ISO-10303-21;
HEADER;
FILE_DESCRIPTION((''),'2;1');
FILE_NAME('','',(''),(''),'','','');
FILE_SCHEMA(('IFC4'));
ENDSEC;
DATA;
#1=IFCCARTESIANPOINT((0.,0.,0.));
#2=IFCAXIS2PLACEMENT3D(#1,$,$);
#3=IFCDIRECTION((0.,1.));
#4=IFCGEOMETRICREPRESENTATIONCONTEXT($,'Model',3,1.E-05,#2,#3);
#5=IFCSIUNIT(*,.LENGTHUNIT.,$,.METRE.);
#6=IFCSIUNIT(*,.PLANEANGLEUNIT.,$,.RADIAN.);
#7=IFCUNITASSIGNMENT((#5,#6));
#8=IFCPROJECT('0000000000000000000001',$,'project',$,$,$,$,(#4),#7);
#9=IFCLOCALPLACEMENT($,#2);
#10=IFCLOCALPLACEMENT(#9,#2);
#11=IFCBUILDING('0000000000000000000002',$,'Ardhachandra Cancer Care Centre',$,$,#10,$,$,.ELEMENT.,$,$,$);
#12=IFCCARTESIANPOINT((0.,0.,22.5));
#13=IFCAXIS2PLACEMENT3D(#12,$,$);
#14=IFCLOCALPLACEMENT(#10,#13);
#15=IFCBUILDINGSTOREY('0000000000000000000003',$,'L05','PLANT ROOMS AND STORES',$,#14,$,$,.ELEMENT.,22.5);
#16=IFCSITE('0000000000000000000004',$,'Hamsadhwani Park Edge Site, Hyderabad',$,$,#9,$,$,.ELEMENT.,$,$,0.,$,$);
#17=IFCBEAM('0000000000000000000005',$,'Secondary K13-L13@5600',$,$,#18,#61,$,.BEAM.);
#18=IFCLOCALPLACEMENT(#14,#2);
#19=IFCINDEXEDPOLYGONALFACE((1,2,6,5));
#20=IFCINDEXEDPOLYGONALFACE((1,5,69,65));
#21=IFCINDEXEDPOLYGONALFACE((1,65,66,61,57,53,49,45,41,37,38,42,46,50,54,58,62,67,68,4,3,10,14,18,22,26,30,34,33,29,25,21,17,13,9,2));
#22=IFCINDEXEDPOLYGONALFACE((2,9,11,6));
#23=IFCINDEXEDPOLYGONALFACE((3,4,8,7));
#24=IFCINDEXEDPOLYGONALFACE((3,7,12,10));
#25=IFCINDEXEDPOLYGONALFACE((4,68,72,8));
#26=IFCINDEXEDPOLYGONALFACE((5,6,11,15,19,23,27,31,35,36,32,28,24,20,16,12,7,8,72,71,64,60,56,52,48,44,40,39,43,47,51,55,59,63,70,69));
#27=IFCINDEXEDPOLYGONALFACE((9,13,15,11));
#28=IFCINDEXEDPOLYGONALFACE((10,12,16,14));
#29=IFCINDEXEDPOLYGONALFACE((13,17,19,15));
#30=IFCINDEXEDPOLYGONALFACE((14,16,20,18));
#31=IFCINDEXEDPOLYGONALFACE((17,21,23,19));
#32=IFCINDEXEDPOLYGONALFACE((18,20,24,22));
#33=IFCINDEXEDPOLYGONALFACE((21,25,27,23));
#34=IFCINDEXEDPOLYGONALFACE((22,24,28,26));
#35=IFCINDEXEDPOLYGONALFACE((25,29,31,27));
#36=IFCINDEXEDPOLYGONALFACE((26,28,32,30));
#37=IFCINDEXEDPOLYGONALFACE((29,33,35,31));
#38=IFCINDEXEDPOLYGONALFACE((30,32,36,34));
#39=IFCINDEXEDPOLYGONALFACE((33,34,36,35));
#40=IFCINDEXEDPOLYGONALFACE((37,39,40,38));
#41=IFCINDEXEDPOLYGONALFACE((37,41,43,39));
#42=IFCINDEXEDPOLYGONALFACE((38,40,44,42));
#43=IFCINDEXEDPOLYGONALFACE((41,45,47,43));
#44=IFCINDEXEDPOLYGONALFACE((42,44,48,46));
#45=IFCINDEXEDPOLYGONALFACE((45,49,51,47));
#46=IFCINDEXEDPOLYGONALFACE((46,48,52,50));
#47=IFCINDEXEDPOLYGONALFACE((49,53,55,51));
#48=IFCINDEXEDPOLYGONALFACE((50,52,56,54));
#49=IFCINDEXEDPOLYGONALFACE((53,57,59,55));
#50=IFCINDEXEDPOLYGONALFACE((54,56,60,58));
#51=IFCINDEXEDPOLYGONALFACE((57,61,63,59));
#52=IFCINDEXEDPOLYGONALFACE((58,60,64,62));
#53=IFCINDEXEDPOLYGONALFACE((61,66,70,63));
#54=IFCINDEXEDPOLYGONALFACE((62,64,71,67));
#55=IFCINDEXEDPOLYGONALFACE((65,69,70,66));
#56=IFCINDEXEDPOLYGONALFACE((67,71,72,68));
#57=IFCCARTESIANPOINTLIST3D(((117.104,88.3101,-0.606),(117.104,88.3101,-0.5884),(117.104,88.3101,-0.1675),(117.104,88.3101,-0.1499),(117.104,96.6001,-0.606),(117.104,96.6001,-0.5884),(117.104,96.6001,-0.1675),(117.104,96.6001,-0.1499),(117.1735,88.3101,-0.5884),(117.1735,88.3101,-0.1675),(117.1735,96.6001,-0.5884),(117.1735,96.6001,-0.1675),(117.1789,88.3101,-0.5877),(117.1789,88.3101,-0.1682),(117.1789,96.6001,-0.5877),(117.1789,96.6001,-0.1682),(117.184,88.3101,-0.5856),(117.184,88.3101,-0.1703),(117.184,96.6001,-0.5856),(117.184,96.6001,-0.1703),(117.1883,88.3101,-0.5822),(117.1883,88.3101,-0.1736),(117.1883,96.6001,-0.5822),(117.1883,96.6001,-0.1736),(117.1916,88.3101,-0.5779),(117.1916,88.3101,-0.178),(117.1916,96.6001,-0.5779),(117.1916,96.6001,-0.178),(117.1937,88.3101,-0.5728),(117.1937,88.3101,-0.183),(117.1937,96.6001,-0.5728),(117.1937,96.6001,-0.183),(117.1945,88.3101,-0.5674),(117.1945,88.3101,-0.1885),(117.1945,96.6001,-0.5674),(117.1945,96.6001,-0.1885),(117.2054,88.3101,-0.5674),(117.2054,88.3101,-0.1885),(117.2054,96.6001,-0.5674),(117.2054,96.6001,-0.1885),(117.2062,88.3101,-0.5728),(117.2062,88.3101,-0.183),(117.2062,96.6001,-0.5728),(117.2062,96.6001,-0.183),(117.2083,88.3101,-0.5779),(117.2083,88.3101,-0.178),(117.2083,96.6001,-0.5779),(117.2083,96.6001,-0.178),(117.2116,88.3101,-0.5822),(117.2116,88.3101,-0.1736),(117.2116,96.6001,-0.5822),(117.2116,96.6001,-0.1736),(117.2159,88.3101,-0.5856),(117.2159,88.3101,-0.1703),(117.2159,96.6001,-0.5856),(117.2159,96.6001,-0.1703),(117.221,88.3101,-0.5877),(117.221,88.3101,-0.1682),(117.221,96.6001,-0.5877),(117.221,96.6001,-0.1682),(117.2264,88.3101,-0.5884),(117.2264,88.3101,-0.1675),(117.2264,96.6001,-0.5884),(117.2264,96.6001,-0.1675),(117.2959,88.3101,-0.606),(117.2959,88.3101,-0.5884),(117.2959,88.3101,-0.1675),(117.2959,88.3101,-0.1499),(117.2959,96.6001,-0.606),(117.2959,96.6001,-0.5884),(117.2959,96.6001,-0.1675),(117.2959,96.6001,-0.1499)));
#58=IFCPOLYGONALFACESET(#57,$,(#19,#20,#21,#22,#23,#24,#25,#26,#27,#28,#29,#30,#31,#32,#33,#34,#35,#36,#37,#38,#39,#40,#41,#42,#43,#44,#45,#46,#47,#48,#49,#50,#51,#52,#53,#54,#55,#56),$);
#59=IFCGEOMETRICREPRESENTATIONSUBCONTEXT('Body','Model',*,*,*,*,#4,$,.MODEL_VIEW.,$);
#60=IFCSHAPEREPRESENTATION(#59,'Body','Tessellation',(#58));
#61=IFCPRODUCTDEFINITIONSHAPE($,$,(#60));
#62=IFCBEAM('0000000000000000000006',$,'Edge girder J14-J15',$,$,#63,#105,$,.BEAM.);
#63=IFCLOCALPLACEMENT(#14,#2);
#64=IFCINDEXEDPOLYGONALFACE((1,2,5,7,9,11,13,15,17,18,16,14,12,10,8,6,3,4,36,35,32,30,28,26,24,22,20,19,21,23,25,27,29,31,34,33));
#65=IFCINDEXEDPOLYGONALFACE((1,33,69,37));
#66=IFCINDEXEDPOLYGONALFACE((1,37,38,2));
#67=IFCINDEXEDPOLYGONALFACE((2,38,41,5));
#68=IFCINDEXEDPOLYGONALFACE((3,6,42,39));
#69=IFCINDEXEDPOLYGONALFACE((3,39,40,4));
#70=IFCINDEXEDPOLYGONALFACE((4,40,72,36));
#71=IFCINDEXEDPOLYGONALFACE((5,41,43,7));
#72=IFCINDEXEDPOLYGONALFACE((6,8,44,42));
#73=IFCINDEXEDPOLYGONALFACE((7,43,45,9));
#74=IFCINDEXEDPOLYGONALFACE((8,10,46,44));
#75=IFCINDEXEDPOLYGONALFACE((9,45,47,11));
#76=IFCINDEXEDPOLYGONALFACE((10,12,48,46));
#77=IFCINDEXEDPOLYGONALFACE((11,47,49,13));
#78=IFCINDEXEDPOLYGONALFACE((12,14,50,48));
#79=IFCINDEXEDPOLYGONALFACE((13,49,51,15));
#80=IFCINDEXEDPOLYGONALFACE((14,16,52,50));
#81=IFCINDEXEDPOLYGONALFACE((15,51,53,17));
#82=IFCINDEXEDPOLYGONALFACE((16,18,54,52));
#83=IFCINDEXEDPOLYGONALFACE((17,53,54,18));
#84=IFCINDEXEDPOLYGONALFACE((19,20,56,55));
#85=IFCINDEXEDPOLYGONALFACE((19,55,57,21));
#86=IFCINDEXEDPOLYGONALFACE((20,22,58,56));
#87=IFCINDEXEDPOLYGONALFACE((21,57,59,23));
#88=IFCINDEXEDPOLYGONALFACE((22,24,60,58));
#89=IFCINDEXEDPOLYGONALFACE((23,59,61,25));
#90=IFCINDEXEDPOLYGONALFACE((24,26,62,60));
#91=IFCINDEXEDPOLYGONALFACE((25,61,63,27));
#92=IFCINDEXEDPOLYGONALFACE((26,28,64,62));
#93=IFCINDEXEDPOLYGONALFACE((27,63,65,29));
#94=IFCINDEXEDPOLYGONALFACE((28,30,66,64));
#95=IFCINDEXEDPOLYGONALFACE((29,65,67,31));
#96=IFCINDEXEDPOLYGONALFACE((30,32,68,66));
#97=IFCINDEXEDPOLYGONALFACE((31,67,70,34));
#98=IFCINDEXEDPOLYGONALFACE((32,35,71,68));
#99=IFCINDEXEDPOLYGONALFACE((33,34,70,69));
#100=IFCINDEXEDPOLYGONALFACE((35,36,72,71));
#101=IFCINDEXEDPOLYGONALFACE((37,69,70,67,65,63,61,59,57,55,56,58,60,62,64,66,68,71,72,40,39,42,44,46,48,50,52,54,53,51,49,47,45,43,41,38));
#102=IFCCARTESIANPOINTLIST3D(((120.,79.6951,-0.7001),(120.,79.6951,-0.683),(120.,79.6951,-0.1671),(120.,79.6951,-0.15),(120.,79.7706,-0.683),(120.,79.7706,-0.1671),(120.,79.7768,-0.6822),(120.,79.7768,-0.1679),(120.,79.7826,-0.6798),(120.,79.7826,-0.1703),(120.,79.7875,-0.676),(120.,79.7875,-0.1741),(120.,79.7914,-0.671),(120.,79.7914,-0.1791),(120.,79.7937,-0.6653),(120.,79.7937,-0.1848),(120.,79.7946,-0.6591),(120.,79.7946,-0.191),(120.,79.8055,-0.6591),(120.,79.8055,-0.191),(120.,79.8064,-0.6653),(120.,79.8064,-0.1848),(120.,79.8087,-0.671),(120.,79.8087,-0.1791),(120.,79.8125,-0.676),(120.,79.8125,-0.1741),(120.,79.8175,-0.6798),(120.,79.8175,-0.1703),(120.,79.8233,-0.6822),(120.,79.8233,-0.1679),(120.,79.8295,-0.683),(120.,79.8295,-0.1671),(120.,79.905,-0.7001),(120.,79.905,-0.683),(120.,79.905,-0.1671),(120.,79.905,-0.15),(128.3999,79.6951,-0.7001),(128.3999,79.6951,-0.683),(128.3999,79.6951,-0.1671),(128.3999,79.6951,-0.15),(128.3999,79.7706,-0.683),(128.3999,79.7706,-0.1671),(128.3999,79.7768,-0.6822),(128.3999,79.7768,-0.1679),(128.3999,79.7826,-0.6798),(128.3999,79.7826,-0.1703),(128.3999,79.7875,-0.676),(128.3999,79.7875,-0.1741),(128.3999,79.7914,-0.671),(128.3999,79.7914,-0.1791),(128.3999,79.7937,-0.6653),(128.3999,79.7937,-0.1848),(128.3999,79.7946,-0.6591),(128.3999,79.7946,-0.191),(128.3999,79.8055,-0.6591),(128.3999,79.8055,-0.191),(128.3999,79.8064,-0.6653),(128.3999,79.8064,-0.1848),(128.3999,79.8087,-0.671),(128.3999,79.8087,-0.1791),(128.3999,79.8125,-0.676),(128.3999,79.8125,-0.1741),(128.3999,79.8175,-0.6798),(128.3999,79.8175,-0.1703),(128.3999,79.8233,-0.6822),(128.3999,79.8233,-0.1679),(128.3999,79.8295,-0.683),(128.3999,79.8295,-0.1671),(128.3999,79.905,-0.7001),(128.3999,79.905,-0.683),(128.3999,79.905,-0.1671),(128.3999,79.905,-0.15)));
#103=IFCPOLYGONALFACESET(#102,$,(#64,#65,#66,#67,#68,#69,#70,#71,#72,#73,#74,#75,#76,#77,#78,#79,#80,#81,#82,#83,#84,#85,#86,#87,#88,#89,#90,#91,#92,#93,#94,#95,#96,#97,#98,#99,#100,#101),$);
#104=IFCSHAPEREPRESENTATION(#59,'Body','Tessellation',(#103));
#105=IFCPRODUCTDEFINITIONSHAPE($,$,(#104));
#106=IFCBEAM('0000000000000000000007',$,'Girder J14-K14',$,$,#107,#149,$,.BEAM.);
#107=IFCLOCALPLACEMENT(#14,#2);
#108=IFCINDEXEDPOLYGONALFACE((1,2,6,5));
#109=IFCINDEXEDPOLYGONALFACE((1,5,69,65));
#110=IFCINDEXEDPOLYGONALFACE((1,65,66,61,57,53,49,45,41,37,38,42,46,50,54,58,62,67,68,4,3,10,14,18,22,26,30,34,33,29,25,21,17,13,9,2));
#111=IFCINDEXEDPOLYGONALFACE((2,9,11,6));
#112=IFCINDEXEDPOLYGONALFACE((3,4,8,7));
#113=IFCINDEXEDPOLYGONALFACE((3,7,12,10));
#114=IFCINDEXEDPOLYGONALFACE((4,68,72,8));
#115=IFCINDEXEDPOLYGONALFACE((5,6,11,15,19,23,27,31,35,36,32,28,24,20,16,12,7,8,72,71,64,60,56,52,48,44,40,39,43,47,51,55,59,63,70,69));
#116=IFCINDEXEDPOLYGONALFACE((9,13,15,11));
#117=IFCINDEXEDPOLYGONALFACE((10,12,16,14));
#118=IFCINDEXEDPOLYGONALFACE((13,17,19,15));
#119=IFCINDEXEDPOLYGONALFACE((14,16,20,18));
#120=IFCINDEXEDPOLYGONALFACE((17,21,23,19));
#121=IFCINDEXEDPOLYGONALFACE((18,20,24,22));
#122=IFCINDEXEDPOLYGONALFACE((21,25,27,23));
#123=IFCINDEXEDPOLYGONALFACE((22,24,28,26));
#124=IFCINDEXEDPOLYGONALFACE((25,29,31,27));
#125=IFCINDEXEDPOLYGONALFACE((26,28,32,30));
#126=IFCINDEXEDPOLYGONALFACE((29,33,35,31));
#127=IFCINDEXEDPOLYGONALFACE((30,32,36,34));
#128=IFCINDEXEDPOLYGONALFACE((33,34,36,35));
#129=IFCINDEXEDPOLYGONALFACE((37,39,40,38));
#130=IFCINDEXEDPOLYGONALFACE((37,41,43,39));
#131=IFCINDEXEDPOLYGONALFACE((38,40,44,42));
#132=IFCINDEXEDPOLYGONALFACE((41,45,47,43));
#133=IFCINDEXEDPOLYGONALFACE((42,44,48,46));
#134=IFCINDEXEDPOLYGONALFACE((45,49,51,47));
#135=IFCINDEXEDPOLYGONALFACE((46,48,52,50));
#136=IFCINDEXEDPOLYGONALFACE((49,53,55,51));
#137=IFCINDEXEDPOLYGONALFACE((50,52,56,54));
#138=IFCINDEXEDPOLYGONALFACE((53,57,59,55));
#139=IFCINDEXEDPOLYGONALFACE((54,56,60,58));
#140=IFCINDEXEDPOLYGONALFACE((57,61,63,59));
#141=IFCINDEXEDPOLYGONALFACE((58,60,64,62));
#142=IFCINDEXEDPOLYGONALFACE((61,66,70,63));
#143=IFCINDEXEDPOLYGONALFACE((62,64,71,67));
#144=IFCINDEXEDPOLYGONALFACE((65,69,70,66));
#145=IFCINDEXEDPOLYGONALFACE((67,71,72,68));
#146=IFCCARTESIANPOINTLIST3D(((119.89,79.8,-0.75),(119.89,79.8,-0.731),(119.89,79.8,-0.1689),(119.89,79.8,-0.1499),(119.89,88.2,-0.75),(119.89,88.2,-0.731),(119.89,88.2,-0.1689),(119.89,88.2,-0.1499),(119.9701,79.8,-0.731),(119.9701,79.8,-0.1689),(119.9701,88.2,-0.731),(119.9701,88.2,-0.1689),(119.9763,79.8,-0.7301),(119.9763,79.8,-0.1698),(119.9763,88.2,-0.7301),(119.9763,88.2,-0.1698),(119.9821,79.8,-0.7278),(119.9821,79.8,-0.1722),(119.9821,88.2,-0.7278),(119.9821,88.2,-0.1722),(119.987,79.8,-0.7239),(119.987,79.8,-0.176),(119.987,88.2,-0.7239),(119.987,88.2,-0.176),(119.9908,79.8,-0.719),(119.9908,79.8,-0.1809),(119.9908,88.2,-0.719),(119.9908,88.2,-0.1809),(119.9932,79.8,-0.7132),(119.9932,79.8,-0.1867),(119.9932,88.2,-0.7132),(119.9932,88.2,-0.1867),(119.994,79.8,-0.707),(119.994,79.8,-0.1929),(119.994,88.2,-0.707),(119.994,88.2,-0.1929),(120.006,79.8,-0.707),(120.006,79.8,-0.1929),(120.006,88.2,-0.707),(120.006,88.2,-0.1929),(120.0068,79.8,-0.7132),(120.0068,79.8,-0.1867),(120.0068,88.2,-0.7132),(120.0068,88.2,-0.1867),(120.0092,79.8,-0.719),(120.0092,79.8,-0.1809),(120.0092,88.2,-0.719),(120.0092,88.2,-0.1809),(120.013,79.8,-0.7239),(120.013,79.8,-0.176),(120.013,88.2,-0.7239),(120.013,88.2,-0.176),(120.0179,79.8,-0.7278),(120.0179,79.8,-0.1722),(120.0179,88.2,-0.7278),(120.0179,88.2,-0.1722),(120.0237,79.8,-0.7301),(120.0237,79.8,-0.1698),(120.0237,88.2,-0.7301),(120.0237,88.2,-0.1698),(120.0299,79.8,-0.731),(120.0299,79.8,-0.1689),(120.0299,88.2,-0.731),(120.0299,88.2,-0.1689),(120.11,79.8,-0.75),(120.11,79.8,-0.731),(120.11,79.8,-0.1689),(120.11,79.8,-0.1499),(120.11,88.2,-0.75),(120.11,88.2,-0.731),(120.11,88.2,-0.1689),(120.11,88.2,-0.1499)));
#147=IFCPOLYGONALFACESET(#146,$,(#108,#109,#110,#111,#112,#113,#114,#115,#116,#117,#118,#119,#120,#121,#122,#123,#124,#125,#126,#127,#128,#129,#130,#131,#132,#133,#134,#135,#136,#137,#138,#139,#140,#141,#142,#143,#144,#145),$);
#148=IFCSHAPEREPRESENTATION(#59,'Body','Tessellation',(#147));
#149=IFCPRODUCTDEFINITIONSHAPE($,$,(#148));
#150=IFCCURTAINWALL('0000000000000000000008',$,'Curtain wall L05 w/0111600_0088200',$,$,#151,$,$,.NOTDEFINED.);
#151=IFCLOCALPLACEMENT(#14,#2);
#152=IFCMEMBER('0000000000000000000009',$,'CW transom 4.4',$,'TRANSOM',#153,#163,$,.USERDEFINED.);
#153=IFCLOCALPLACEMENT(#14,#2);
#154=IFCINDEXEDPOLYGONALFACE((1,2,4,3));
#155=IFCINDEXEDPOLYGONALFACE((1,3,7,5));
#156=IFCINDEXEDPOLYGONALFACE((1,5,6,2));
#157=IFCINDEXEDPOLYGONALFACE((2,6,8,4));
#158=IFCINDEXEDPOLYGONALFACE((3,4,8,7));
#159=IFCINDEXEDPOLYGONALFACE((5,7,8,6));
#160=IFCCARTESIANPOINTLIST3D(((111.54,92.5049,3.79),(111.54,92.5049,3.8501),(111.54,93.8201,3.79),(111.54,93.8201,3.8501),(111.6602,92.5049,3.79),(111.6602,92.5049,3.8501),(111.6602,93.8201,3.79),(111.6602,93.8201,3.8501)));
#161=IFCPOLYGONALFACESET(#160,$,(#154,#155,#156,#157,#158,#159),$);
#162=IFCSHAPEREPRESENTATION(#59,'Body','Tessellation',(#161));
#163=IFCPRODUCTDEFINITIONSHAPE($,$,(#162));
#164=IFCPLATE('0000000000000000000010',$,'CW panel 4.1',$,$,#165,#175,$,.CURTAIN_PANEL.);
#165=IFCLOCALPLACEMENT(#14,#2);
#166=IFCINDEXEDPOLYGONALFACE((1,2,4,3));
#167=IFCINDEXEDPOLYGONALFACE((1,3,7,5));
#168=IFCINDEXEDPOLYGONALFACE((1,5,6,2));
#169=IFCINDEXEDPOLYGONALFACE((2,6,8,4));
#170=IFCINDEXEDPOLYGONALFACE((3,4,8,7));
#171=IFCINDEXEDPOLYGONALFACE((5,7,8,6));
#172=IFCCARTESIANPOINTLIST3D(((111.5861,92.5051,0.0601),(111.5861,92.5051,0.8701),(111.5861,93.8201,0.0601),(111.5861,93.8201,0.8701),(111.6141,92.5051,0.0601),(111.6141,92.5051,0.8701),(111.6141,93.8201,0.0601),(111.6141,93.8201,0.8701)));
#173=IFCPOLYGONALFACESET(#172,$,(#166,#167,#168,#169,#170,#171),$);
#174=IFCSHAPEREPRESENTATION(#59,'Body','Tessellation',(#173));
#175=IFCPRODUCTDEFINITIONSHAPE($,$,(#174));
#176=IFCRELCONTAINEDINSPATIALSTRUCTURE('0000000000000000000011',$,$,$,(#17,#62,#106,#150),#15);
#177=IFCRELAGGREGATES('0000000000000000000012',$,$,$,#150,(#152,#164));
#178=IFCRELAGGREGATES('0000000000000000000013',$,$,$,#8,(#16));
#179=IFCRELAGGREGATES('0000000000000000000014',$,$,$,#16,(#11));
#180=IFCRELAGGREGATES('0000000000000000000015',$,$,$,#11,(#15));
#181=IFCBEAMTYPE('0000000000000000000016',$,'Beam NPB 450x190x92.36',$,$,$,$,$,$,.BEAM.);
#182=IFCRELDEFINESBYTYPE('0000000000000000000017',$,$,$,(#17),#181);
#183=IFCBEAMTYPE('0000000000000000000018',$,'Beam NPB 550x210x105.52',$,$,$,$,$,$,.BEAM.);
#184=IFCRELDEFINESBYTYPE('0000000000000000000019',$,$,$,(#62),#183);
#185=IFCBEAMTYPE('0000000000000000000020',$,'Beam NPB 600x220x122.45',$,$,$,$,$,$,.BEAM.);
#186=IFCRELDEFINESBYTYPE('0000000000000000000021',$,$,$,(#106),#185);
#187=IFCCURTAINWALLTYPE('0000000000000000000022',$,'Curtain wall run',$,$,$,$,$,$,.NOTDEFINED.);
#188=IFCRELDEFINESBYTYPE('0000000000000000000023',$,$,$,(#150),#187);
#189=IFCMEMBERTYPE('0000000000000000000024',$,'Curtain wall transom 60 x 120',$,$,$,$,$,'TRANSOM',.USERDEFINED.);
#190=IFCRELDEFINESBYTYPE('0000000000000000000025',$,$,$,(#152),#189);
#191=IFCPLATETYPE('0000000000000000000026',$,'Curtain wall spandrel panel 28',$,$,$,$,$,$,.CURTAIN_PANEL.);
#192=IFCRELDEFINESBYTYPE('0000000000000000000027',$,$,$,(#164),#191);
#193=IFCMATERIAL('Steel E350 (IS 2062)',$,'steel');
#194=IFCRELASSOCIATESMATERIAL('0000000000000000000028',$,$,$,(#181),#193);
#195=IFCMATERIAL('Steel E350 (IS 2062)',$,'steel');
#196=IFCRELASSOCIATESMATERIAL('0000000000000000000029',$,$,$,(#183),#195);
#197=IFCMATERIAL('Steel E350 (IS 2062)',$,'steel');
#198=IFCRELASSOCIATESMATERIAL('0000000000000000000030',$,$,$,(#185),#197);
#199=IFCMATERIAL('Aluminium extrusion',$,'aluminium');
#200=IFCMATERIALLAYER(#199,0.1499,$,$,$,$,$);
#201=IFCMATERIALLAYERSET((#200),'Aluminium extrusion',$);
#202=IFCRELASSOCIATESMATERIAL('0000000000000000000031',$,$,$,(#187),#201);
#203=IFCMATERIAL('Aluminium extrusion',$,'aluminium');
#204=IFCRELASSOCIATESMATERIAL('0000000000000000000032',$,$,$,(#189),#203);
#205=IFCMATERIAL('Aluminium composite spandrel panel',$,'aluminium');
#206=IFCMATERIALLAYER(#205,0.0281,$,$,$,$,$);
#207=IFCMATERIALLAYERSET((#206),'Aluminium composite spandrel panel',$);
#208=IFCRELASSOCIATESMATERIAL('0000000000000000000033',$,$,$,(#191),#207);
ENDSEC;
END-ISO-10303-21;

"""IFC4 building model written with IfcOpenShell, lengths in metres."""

from ifc_helpers import new_model, si_unit, direction, frame, origin, origin_2d, place, context, subcontext, project, spatial, rectangle, i_section, extrude, material, layer, layer_set, material_profile, profile_set, type_object, element, aggregate, save


model = new_model("IFC4")

# Units and contexts
model_context = context("Model", 3, precision=1e-05, world=origin(), true_north=direction((0.0, 1.0)))
body_context = subcontext(model_context, "Body", "Model", "MODEL_VIEW")
ifc_project = project(units=[si_unit("LENGTHUNIT", "METRE"), si_unit("PLANEANGLEUNIT", "RADIAN")], contexts=[model_context])

# Site, building, storey
site_placement = place(None, origin())
site = spatial("IfcSite", under=ifc_project, at=site_placement, Name="Hamsadhwani Park Edge Site, Hyderabad", CompositionType="ELEMENT", RefElevation=0.0)
building_placement = place(site_placement, origin())
building = spatial("IfcBuilding", under=site, at=building_placement, Name="Ardhachandra Cancer Care Centre", CompositionType="ELEMENT")
storey_placement = place(building_placement, frame((0.0, 0.0, 22.5)))
storey = spatial("IfcBuildingStorey", under=building, at=storey_placement, Name="L05", Description="PLANT ROOMS AND STORES", CompositionType="ELEMENT", Elevation=22.5)

# Beams
ifc_material_1 = material(Name="Steel E350 (IS 2062)", Category="steel")
ifc_material_profile_1 = material_profile(ifc_material_1, i_section(OverallWidth=0.1919, OverallDepth=0.4561, WebThickness=0.011, FlangeThickness=0.0176, FilletRadius=0.021, at=origin_2d()), Name="NPB 450x190x92.36")
ifc_profile_set_1 = profile_set([ifc_material_profile_1], Name="Steel E350 (IS 2062)")
beam_type_1 = type_object("IfcBeamType", Name="Beam NPB 450x190x92.36", PredefinedType="BEAM", material=ifc_profile_set_1)
beam_1_placement = place(storey_placement, frame((117.2, 88.3101, -0.3779), z_axis=(0.0, 1.0, 0.0), x_axis=(-1.0, 0.0, 0.0)))
element("IfcBeam", 1, at=beam_1_placement, inside=storey, type_object=beam_type_1, Name="Secondary K13-L13@5600", PredefinedType="BEAM", context=body_context, shape_type="SweptSolid", body=[
    extrude(i_section(OverallWidth=0.1919, OverallDepth=0.4561, WebThickness=0.011, FlangeThickness=0.0176, FilletRadius=0.021, at=origin_2d()), origin(), (0.0, 0.0, 1.0), 8.29),
])
ifc_material_2 = material(Name="Steel E350 (IS 2062)", Category="steel")
ifc_material_profile_2 = material_profile(ifc_material_2, i_section(OverallWidth=0.21, OverallDepth=0.55, WebThickness=0.011, FlangeThickness=0.0171, FilletRadius=0.0239, at=origin_2d()), Name="NPB 550x210x105.52")
ifc_profile_set_2 = profile_set([ifc_material_profile_2], Name="Steel E350 (IS 2062)")
beam_type_2 = type_object("IfcBeamType", Name="Beam NPB 550x210x105.52", PredefinedType="BEAM", material=ifc_profile_set_2)
beam_2_placement = place(storey_placement, frame((120.0, 79.8, -0.425), z_axis=(1.0, 0.0, 0.0), x_axis=(0.0, 1.0, 0.0)))
element("IfcBeam", 2, at=beam_2_placement, inside=storey, type_object=beam_type_2, Name="Edge girder J14-J15", PredefinedType="BEAM", context=body_context, shape_type="SweptSolid", body=[
    extrude(i_section(OverallWidth=0.21, OverallDepth=0.55, WebThickness=0.011, FlangeThickness=0.0171, FilletRadius=0.0239, at=origin_2d()), origin(), (0.0, 0.0, 1.0), 8.3999),
])
ifc_material_3 = material(Name="Steel E350 (IS 2062)", Category="steel")
ifc_material_profile_3 = material_profile(ifc_material_3, i_section(OverallWidth=0.22, OverallDepth=0.6001, WebThickness=0.012, FlangeThickness=0.019, FilletRadius=0.0239, at=origin_2d()), Name="NPB 600x220x122.45")
ifc_profile_set_3 = profile_set([ifc_material_profile_3], Name="Steel E350 (IS 2062)")
beam_type_3 = type_object("IfcBeamType", Name="Beam NPB 600x220x122.45", PredefinedType="BEAM", material=ifc_profile_set_3)
beam_3_placement = place(storey_placement, frame((120.0, 79.8, -0.45), z_axis=(0.0, 1.0, 0.0), x_axis=(-1.0, 0.0, 0.0)))
element("IfcBeam", 3, at=beam_3_placement, inside=storey, type_object=beam_type_3, Name="Girder J14-K14", PredefinedType="BEAM", context=body_context, shape_type="SweptSolid", body=[
    extrude(i_section(OverallWidth=0.22, OverallDepth=0.6001, WebThickness=0.012, FlangeThickness=0.019, FilletRadius=0.0239, at=origin_2d()), origin(), (0.0, 0.0, 1.0), 8.3999),
])

# Curtain wall, member, plate
ifc_material_4 = material(Name="Aluminium extrusion", Category="aluminium")
ifc_layer_1 = layer(ifc_material_4, 0.1499)
ifc_layer_set_1 = layer_set([ifc_layer_1], Name="Aluminium extrusion")
curtain_wall_type = type_object("IfcCurtainWallType", Name="Curtain wall run", PredefinedType="NOTDEFINED", material=ifc_layer_set_1)
curtain_wall_placement = place(storey_placement, origin())
curtain_wall = element("IfcCurtainWall", 4, at=curtain_wall_placement, inside=storey, type_object=curtain_wall_type, Name="Curtain wall L05 w/0111600_0088200", PredefinedType="NOTDEFINED")
ifc_material_5 = material(Name="Aluminium extrusion", Category="aluminium")
ifc_material_profile_4 = material_profile(ifc_material_5, rectangle(XDim=0.1201, YDim=0.0601, at=origin_2d()), Name="Curtain wall transom 60 x 120")
ifc_profile_set_4 = profile_set([ifc_material_profile_4], Name="Aluminium extrusion")
member_type = type_object("IfcMemberType", Name="Curtain wall transom 60 x 120", ElementType="TRANSOM", PredefinedType="USERDEFINED", material=ifc_profile_set_4)
member_placement = place(storey_placement, frame((111.6001, 92.5049, 3.8201), z_axis=(0.0, 1.0, 0.0), x_axis=(-1.0, 0.0, 0.0)))
member = element("IfcMember", 5, at=member_placement, type_object=member_type, Name="CW transom 4.4", ObjectType="TRANSOM", PredefinedType="USERDEFINED", context=body_context, shape_type="SweptSolid", body=[
    extrude(rectangle(XDim=0.1201, YDim=0.0601, at=origin_2d()), origin(), (0.0, 0.0, 1.0), 1.3152),
])
ifc_material_6 = material(Name="Aluminium composite spandrel panel", Category="aluminium")
ifc_layer_2 = layer(ifc_material_6, 0.0281)
ifc_layer_set_2 = layer_set([ifc_layer_2], Name="Aluminium composite spandrel panel")
plate_type = type_object("IfcPlateType", Name="Curtain wall spandrel panel 28", PredefinedType="CURTAIN_PANEL", material=ifc_layer_set_2)
plate_placement = place(storey_placement, frame((111.6001, 93.1626, 0.0601), z_axis=(0.0, 0.0, 1.0), x_axis=(0.0, 1.0, 0.0)))
plate = element("IfcPlate", 6, at=plate_placement, type_object=plate_type, Name="CW panel 4.1", PredefinedType="CURTAIN_PANEL", context=body_context, shape_type="SweptSolid", body=[
    extrude(rectangle(XDim=1.3149, YDim=0.0281, at=origin_2d()), origin(), (0.0, 0.0, 1.0), 0.8101),
])
aggregate(curtain_wall, [member, plate])

save(model, "model.ifc")
